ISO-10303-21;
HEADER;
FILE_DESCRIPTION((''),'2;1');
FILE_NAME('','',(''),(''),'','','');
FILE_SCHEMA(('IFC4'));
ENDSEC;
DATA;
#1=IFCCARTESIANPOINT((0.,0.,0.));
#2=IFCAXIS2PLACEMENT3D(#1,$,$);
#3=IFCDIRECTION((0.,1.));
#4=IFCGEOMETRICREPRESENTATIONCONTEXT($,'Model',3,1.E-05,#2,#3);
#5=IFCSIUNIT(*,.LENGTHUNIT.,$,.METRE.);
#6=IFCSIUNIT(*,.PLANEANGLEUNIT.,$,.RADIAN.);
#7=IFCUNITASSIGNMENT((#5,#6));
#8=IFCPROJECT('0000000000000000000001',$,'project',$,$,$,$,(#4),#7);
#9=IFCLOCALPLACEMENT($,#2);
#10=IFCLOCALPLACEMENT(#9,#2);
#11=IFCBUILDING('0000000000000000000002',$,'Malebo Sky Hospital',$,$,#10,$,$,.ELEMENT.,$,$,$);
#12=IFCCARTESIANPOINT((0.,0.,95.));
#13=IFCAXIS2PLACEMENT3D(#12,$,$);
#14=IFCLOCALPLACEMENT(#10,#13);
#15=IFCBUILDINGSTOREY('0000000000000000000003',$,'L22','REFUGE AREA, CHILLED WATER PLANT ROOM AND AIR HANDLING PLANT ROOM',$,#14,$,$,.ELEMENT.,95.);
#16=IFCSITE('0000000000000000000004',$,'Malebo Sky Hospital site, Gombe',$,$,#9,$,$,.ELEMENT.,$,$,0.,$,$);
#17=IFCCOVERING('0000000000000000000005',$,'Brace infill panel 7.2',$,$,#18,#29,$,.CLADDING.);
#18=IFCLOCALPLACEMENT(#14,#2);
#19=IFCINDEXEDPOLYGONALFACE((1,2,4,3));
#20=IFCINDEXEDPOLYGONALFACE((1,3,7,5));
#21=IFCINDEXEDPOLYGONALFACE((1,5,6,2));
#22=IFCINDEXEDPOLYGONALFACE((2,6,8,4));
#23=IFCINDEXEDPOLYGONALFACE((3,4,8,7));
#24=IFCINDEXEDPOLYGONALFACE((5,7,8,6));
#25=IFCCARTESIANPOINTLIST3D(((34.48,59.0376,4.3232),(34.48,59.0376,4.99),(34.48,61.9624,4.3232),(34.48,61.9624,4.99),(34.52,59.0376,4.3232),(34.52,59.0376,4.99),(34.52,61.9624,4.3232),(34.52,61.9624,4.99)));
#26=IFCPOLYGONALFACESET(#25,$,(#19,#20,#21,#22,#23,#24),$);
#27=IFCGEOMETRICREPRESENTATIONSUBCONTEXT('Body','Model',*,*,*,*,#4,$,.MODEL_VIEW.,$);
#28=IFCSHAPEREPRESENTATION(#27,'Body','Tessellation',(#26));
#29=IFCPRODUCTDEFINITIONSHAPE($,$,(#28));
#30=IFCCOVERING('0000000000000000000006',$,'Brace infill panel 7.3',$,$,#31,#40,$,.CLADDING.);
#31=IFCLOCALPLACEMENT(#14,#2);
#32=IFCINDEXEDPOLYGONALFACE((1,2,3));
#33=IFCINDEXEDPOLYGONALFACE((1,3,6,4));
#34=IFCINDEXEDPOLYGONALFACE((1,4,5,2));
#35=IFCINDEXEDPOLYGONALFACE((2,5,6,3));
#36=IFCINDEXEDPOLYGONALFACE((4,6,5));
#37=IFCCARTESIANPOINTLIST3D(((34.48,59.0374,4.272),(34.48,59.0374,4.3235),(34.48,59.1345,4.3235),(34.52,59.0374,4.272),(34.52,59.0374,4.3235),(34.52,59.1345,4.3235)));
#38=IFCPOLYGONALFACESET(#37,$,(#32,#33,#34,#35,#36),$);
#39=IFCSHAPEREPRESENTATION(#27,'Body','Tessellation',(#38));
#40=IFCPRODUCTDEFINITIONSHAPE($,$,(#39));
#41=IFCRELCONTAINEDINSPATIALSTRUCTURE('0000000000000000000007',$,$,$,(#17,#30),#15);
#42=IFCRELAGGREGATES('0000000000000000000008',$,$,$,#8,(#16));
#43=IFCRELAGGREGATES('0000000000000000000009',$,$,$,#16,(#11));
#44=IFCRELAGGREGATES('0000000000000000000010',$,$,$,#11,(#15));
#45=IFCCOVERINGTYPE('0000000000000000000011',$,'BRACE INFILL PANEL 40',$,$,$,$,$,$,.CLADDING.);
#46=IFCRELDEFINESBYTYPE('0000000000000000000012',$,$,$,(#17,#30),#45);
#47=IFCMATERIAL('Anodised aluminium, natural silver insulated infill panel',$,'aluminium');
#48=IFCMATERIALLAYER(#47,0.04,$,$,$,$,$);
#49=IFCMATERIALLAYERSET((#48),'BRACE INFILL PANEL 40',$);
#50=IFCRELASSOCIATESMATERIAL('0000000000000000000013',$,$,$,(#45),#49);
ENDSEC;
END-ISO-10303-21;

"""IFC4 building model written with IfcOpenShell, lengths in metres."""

from ifc_helpers import new_model, si_unit, direction, frame, origin, place, context, subcontext, project, spatial, polyline, outline, extrude, material, layer, layer_set, type_object, element, save


model = new_model("IFC4")

# Units and contexts
model_context = context("Model", 3, precision=1e-05, world=origin(), true_north=direction((0.0, 1.0)))
body_context = subcontext(model_context, "Body", "Model", "MODEL_VIEW")
ifc_project = project(units=[si_unit("LENGTHUNIT", "METRE"), si_unit("PLANEANGLEUNIT", "RADIAN")], contexts=[model_context])

# Site, building, storey
site_placement = place(None, origin())
site = spatial("IfcSite", under=ifc_project, at=site_placement, Name="Malebo Sky Hospital site, Gombe", CompositionType="ELEMENT", RefElevation=0.0)
building_placement = place(site_placement, origin())
building = spatial("IfcBuilding", under=site, at=building_placement, Name="Malebo Sky Hospital", CompositionType="ELEMENT")
storey_placement = place(building_placement, frame((0.0, 0.0, 95.0)))
storey = spatial("IfcBuildingStorey", under=building, at=storey_placement, Name="L22", Description="REFUGE AREA, CHILLED WATER PLANT ROOM AND AIR HANDLING PLANT ROOM", CompositionType="ELEMENT", Elevation=95.0)

# Coverings
ifc_material_1 = material(Name="Anodised aluminium, natural silver insulated infill panel", Category="aluminium")
ifc_layer_1 = layer(ifc_material_1, 0.04)
ifc_layer_set_1 = layer_set([ifc_layer_1], Name="BRACE INFILL PANEL 40")
covering_type = type_object("IfcCoveringType", Name="BRACE INFILL PANEL 40", PredefinedType="CLADDING", material=ifc_layer_set_1)
covering_1_placement = place(storey_placement, frame((34.5, 60.5, 4.3232), z_axis=(0.0, 0.0, 1.0), x_axis=(0.0, 1.0, 0.0)))
element("IfcCovering", 1, at=covering_1_placement, inside=storey, type_object=covering_type, Name="Brace infill panel 7.2", PredefinedType="CLADDING", context=body_context, shape_type="SweptSolid", body=[
    extrude(outline(polyline([(-1.4624, 0.0), (1.4624, 0.0), (1.4624, 0.6667), (-1.4624, 0.6667), (-1.4624, 0.0)])), frame((0.0, 0.02, 0.0), z_axis=(0.0, -1.0, 0.0), x_axis=(1.0, 0.0, 0.0)), (0.0, 0.0, 1.0), 0.04),
])
covering_2_placement = place(storey_placement, frame((34.5, 59.0859, 4.272), z_axis=(0.0, 0.0, 1.0), x_axis=(0.0, 1.0, 0.0)))
element("IfcCovering", 2, at=covering_2_placement, inside=storey, type_object=covering_type, Name="Brace infill panel 7.3", PredefinedType="CLADDING", context=body_context, shape_type="SweptSolid", body=[
    extrude(outline(polyline([(-0.0486, 0.0), (0.0486, 0.0515), (-0.0486, 0.0515), (-0.0486, 0.0)])), frame((0.0, 0.02, 0.0), z_axis=(0.0, -1.0, 0.0), x_axis=(1.0, 0.0, 0.0)), (0.0, 0.0, 1.0), 0.04),
])

save(model, "model.ifc")
